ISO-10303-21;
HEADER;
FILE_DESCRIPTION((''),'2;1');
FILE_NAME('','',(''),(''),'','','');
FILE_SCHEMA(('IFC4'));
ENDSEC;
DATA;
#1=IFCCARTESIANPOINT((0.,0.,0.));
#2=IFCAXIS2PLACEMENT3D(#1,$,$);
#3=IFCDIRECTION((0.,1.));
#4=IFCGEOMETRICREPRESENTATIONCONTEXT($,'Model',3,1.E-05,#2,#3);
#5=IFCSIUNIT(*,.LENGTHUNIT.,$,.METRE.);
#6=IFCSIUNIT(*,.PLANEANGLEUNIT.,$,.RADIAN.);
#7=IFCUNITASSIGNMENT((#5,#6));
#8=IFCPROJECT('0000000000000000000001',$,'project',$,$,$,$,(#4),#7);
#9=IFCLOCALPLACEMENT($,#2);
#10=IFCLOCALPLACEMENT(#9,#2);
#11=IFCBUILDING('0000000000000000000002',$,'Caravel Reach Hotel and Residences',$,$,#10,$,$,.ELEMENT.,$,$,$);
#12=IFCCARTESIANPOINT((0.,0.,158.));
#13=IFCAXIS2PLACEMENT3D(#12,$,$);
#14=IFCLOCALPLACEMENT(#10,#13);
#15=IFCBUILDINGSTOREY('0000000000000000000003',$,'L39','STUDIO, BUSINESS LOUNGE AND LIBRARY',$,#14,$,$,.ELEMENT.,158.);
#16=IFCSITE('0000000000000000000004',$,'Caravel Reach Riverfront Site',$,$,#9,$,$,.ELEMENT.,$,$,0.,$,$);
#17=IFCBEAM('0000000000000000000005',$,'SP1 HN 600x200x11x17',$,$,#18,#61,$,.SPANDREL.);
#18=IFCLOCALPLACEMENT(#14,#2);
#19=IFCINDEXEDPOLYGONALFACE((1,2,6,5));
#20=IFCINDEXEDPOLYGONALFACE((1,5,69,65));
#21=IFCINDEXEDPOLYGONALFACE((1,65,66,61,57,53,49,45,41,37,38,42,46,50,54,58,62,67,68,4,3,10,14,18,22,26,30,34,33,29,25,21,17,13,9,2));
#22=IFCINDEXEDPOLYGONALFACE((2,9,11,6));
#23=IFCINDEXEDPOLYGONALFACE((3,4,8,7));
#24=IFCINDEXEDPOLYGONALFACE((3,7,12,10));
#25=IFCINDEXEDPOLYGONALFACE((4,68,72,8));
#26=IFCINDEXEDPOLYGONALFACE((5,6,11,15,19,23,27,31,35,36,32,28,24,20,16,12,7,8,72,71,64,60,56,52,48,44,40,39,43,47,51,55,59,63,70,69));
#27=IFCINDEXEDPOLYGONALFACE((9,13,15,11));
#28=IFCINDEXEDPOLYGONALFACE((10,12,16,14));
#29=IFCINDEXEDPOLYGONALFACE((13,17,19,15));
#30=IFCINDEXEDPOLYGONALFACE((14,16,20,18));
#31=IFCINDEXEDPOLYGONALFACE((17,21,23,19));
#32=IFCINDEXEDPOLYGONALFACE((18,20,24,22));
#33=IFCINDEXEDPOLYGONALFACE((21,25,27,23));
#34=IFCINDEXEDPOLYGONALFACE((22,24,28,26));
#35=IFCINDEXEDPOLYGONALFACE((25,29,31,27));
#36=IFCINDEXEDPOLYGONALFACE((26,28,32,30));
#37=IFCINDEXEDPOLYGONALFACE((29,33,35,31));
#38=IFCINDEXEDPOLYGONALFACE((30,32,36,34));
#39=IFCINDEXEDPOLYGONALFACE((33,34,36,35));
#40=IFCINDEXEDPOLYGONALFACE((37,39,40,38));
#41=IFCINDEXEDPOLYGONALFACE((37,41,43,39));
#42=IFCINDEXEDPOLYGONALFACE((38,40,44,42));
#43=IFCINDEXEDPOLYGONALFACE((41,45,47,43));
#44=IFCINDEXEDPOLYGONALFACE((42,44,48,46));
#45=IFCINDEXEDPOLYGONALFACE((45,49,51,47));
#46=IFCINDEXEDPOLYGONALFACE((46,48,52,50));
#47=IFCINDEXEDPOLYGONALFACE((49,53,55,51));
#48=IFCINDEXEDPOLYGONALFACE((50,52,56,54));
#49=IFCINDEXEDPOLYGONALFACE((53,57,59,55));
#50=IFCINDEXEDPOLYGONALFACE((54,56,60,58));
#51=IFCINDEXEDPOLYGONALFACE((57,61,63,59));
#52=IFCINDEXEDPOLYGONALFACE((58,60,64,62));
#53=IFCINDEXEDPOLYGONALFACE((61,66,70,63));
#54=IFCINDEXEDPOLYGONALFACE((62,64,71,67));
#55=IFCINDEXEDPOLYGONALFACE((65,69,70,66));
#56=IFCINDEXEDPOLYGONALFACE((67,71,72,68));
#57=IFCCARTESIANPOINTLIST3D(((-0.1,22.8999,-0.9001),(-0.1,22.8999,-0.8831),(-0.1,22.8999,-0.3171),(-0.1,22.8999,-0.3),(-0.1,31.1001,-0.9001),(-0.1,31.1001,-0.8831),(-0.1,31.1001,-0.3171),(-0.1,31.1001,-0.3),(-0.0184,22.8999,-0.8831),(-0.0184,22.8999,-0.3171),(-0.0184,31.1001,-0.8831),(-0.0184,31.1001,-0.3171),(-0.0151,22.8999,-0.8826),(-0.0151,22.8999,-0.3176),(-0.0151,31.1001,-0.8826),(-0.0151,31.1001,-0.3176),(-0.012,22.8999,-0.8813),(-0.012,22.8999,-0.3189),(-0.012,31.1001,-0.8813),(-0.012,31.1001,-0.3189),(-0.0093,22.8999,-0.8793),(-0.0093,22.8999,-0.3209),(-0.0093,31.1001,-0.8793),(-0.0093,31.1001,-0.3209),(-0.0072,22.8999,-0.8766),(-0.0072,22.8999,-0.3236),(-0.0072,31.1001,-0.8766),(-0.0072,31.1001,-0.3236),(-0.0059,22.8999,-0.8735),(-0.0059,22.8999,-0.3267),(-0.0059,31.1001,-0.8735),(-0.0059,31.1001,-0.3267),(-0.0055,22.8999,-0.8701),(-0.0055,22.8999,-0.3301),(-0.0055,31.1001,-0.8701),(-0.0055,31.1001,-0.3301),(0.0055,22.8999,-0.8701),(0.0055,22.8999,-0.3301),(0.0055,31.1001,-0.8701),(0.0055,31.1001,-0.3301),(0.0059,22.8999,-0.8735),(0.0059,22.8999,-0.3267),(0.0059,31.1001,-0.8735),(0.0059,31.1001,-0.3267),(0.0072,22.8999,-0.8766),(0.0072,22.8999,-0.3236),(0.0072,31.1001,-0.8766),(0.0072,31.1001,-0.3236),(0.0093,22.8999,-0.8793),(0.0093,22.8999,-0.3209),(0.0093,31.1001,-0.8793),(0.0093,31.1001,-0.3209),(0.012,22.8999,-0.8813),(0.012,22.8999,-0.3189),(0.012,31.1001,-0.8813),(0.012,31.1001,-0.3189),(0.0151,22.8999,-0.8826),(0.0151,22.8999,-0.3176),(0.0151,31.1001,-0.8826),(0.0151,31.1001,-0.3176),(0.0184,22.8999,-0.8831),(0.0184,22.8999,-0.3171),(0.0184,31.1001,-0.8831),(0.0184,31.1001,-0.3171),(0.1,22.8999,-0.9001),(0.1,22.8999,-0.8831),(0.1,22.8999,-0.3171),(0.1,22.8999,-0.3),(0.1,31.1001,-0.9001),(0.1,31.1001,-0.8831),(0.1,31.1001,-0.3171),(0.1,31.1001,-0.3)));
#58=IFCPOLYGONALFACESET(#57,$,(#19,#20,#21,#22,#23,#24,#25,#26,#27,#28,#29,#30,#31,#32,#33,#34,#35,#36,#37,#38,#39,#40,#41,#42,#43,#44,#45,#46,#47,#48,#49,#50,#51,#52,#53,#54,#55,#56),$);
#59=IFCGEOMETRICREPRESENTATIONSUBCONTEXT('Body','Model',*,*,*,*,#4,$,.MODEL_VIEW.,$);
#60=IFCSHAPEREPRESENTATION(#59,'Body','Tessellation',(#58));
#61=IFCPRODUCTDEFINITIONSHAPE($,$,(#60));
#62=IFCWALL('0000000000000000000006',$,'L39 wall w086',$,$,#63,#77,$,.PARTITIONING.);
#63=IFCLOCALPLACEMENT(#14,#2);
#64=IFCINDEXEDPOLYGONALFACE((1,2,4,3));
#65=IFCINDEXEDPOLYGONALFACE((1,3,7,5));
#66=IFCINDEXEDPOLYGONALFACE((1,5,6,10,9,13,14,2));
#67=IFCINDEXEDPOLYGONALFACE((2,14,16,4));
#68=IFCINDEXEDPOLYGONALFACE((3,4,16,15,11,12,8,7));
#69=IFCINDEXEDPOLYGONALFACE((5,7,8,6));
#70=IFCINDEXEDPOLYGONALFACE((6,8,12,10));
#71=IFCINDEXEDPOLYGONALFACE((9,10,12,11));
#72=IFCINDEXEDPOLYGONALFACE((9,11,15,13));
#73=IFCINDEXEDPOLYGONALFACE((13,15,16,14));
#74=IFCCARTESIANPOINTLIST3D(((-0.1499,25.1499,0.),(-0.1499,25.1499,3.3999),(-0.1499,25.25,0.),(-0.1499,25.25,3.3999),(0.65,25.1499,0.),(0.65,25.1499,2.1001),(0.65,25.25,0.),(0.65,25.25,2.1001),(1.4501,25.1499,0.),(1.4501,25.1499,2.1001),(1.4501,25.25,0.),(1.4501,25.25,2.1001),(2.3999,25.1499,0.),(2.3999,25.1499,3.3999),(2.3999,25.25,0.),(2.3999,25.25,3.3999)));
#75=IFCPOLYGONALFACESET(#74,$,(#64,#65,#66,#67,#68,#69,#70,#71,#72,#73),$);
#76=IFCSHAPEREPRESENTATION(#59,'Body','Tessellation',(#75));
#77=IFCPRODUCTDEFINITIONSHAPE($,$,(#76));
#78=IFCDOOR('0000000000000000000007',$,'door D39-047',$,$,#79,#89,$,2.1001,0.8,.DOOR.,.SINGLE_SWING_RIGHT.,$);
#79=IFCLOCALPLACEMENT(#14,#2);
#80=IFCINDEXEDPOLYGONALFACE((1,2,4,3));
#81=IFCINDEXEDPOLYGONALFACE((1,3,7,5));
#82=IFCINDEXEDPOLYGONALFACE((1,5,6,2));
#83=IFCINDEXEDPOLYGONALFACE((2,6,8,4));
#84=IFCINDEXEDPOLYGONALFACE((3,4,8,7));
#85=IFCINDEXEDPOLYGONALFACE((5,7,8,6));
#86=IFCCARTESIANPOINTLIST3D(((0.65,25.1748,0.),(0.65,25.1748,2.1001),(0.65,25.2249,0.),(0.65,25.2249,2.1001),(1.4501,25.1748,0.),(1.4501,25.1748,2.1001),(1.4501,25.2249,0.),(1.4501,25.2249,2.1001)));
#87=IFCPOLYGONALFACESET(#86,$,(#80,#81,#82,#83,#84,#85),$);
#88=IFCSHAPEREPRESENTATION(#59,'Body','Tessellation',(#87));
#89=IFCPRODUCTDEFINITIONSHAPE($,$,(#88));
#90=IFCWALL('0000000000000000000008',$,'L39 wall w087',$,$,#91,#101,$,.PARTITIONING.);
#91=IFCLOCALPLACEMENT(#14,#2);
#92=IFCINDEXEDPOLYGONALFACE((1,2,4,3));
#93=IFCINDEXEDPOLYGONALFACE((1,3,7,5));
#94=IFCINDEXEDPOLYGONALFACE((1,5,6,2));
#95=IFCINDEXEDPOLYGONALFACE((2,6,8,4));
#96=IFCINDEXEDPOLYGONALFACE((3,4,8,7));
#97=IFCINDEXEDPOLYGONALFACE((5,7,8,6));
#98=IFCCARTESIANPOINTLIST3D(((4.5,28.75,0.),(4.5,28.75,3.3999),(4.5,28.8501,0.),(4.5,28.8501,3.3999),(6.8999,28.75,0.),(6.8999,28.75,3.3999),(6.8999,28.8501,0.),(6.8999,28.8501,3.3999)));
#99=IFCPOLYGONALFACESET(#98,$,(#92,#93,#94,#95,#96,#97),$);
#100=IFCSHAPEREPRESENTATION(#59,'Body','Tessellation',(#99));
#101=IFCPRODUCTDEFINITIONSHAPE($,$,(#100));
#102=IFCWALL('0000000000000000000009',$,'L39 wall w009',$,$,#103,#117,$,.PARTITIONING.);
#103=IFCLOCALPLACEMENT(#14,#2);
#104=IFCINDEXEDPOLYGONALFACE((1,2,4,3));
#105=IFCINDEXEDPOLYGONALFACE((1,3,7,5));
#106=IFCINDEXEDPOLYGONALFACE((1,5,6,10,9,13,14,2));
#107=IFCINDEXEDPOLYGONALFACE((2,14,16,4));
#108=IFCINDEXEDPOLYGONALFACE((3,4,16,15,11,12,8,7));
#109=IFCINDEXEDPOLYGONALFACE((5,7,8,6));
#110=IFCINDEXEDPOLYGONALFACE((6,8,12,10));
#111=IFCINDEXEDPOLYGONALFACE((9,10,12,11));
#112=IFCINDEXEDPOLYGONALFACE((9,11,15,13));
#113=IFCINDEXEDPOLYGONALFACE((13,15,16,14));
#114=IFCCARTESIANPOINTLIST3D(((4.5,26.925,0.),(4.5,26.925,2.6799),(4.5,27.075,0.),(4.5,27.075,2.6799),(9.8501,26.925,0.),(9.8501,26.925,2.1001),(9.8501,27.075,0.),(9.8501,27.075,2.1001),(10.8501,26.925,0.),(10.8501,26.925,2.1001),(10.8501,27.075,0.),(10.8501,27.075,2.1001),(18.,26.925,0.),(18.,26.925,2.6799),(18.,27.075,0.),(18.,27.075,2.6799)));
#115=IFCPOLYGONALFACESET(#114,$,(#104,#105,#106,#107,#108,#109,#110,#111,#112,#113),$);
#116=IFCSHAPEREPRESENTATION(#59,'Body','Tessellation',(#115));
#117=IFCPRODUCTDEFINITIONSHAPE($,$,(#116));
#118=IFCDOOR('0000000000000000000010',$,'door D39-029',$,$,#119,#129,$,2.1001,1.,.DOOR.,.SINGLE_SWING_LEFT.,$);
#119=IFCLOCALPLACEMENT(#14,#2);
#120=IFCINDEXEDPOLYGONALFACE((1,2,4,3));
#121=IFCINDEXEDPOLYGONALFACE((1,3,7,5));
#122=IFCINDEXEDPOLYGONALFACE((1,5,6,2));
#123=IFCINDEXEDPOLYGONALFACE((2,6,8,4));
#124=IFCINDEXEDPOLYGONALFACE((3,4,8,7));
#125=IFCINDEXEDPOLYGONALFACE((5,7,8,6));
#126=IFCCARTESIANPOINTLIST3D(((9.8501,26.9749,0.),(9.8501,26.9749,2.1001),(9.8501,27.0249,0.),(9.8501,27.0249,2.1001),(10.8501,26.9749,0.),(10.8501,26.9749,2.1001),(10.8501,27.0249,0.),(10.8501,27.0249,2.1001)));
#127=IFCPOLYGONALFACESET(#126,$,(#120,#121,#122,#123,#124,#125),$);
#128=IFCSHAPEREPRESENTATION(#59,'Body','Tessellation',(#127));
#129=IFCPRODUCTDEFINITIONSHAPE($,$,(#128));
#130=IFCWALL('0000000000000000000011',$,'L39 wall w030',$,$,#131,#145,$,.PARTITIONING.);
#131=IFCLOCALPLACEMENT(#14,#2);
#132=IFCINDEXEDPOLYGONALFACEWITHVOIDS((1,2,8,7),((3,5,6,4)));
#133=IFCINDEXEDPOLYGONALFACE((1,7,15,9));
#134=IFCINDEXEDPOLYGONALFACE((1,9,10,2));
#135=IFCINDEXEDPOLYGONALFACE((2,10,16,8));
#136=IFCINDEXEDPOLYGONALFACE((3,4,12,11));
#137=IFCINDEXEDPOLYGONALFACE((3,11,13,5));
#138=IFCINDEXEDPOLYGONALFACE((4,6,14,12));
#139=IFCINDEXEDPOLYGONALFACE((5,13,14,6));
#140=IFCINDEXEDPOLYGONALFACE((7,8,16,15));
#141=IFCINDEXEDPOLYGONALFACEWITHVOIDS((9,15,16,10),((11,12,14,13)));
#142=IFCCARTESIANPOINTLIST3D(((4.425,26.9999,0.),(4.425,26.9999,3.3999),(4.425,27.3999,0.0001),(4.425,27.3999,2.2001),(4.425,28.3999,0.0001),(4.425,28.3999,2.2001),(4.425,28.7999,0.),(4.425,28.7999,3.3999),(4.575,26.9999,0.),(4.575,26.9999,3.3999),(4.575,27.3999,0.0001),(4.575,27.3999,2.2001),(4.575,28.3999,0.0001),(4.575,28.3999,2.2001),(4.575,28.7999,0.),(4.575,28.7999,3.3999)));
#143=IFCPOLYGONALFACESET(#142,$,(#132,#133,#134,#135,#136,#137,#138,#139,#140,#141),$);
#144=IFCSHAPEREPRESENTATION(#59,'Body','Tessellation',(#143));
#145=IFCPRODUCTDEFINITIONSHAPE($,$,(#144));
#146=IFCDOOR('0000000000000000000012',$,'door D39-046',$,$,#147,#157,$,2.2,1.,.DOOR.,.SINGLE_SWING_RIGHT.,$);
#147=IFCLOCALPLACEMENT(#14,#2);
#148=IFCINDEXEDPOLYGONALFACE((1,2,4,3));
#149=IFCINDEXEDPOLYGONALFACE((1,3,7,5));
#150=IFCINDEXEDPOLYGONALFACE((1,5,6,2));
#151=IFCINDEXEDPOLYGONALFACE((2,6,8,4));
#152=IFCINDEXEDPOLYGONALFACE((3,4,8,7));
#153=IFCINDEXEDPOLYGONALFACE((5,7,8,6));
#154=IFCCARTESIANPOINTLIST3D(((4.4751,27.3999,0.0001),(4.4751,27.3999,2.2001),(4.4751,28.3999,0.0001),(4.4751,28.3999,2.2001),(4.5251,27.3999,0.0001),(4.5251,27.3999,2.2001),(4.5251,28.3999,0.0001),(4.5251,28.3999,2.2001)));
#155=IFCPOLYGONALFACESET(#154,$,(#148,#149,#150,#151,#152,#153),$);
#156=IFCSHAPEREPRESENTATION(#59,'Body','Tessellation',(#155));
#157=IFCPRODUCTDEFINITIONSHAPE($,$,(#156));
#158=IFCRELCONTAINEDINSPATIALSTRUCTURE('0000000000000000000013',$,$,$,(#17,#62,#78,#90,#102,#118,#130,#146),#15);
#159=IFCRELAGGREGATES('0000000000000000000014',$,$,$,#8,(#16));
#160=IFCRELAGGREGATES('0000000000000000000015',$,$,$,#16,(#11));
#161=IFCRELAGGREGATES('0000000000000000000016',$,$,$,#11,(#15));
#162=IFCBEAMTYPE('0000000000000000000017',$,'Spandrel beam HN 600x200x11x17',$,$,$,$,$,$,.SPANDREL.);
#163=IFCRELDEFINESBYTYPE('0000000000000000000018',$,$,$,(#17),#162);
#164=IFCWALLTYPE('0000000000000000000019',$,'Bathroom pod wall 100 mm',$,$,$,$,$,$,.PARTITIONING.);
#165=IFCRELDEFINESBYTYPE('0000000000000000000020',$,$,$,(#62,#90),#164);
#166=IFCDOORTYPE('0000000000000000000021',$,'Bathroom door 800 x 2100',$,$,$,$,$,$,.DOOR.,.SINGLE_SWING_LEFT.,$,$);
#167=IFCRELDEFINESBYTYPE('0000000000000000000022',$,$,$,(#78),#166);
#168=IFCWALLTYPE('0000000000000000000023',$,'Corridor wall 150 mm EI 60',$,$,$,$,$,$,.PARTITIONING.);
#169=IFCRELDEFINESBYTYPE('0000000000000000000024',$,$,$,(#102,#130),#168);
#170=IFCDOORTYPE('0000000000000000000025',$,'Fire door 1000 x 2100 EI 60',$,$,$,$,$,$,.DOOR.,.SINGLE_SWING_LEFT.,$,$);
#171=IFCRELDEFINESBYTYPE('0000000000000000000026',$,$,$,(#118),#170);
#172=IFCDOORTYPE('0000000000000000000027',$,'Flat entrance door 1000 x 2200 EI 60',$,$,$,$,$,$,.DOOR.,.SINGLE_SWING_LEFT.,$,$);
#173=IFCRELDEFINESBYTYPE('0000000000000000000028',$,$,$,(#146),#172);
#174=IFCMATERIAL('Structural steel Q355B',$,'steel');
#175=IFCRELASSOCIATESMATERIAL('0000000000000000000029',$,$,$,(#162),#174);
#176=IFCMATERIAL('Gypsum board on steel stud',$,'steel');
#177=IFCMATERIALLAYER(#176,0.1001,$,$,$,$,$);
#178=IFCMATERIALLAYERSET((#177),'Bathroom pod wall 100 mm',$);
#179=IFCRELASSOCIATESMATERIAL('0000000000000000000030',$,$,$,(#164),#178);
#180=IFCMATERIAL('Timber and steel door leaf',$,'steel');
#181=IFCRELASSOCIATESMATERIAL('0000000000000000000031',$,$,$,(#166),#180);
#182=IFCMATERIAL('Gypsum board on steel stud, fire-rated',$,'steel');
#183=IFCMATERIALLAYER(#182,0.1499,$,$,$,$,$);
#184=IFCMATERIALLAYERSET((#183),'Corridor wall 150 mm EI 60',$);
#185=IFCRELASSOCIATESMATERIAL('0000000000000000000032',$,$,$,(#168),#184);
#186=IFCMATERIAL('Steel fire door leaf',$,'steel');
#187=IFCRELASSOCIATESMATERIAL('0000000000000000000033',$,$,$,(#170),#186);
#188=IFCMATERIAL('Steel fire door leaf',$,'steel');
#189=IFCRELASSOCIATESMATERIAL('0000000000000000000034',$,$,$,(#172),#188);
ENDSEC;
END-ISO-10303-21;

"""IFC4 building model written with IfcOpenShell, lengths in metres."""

from ifc_helpers import new_model, si_unit, direction, frame, frame_2d, origin, origin_2d, place, context, subcontext, project, spatial, rectangle, i_section, extrude, material, layer, layer_set, material_profile, profile_set, type_object, element, fill, save


model = new_model("IFC4")

# Units and contexts
model_context = context("Model", 3, precision=1e-05, world=origin(), true_north=direction((0.0, 1.0)))
body_context = subcontext(model_context, "Body", "Model", "MODEL_VIEW")
ifc_project = project(units=[si_unit("LENGTHUNIT", "METRE"), si_unit("PLANEANGLEUNIT", "RADIAN")], contexts=[model_context])

# Site, building, storey
site_placement = place(None, origin())
site = spatial("IfcSite", under=ifc_project, at=site_placement, Name="Caravel Reach Riverfront Site", CompositionType="ELEMENT", RefElevation=0.0)
building_placement = place(site_placement, origin())
building = spatial("IfcBuilding", under=site, at=building_placement, Name="Caravel Reach Hotel and Residences", CompositionType="ELEMENT")
storey_placement = place(building_placement, frame((0.0, 0.0, 158.0)))
storey = spatial("IfcBuildingStorey", under=building, at=storey_placement, Name="L39", Description="STUDIO, BUSINESS LOUNGE AND LIBRARY", CompositionType="ELEMENT", Elevation=158.0)

# Beam
ifc_material_1 = material(Name="Structural steel Q355B", Category="steel")
ifc_material_profile_1 = material_profile(ifc_material_1, i_section(OverallWidth=0.2, OverallDepth=0.6001, WebThickness=0.011, FlangeThickness=0.0171, FilletRadius=0.0129, at=origin_2d()), Name="HN 600x200x11x17")
ifc_profile_set_1 = profile_set([ifc_material_profile_1], Name="Structural steel Q355B")
beam_type = type_object("IfcBeamType", Name="Spandrel beam HN 600x200x11x17", PredefinedType="SPANDREL", material=ifc_profile_set_1)
beam_placement = place(storey_placement, frame((0.0, 31.1001, -0.6001), z_axis=(0.0, -1.0, 0.0), x_axis=(1.0, 0.0, 0.0)))
element("IfcBeam", 1, at=beam_placement, inside=storey, type_object=beam_type, Name="SP1 HN 600x200x11x17", PredefinedType="SPANDREL", context=body_context, shape_type="SweptSolid", body=[
    extrude(i_section(OverallWidth=0.2, OverallDepth=0.6001, WebThickness=0.011, FlangeThickness=0.0171, FilletRadius=0.0129, at=origin_2d()), origin(), (0.0, 0.0, 1.0), 8.2002),
])

# Wall, opening, door
ifc_material_2 = material(Name="Gypsum board on steel stud", Category="steel")
ifc_layer_1 = layer(ifc_material_2, 0.1001)
ifc_layer_set_1 = layer_set([ifc_layer_1], Name="Bathroom pod wall 100 mm")
wall_type_1 = type_object("IfcWallType", Name="Bathroom pod wall 100 mm", PredefinedType="PARTITIONING", material=ifc_layer_set_1)
wall_1_placement = place(storey_placement, frame((-0.1499, 25.2, 0.0), z_axis=(0.0, 0.0, 1.0), x_axis=(1.0, 0.0, 0.0)))
wall_1 = element("IfcWall", 2, at=wall_1_placement, inside=storey, type_object=wall_type_1, Name="L39 wall w086", PredefinedType="PARTITIONING", context=body_context, shape_type="SweptSolid", body=[
    extrude(rectangle(XDim=2.5498, YDim=0.1001, at=frame_2d((1.2749, 0.0))), origin(), (0.0, 0.0, 1.0), 3.3999),
])
opening_1_placement = place(wall_1_placement, frame((0.8, 0.0, 0.0)))
opening_1 = element("IfcOpeningElement", 3, at=opening_1_placement, cuts=wall_1, PredefinedType="OPENING", context=body_context, shape_type="SweptSolid", body=[
    extrude(rectangle(XDim=0.8, YDim=2.1001, at=frame_2d((0.3999, 1.05))), frame((0.0, 0.0601, 0.0), z_axis=(0.0, -1.0, 0.0), x_axis=(1.0, 0.0, 0.0)), (0.0, 0.0, 1.0), 0.1201),
])
ifc_material_3 = material(Name="Timber and steel door leaf", Category="steel")
door_type_1 = type_object("IfcDoorType", Name="Bathroom door 800 x 2100", OperationType="SINGLE_SWING_LEFT", PredefinedType="DOOR", material=ifc_material_3)
door_1_placement = place(opening_1_placement, origin())
door_1 = element("IfcDoor", 4, at=door_1_placement, inside=storey, type_object=door_type_1, Name="door D39-047", OperationType="SINGLE_SWING_RIGHT", OverallHeight=2.1001, OverallWidth=0.8, PredefinedType="DOOR", context=body_context, shape_type="SweptSolid", body=[
    extrude(rectangle(XDim=0.8, YDim=2.1001, at=frame_2d((0.3999, 1.05))), frame((0.0, 0.0249, 0.0), z_axis=(0.0, -1.0, 0.0), x_axis=(1.0, 0.0, 0.0)), (0.0, 0.0, 1.0), 0.05),
])
fill(opening_1, door_1)

# Wall
wall_2_placement = place(storey_placement, frame((4.5, 28.8, 0.0), z_axis=(0.0, 0.0, 1.0), x_axis=(1.0, 0.0, 0.0)))
element("IfcWall", 5, at=wall_2_placement, inside=storey, type_object=wall_type_1, Name="L39 wall w087", PredefinedType="PARTITIONING", context=body_context, shape_type="SweptSolid", body=[
    extrude(rectangle(XDim=2.3999, YDim=0.1001, at=frame_2d((1.2, 0.0))), origin(), (0.0, 0.0, 1.0), 3.3999),
])

# Walls, openings, doors
ifc_material_4 = material(Name="Gypsum board on steel stud, fire-rated", Category="steel")
ifc_layer_2 = layer(ifc_material_4, 0.1499)
ifc_layer_set_2 = layer_set([ifc_layer_2], Name="Corridor wall 150 mm EI 60")
wall_type_2 = type_object("IfcWallType", Name="Corridor wall 150 mm EI 60", PredefinedType="PARTITIONING", material=ifc_layer_set_2)
wall_3_placement = place(storey_placement, frame((4.5, 27.0, 0.0), z_axis=(0.0, 0.0, 1.0), x_axis=(1.0, 0.0, 0.0)))
wall_3 = element("IfcWall", 6, at=wall_3_placement, inside=storey, type_object=wall_type_2, Name="L39 wall w009", PredefinedType="PARTITIONING", context=body_context, shape_type="SweptSolid", body=[
    extrude(rectangle(XDim=13.5, YDim=0.1499, at=frame_2d((6.75, 0.0))), origin(), (0.0, 0.0, 1.0), 2.6799),
])
opening_2_placement = place(wall_3_placement, frame((5.3501, 0.0, 0.0)))
opening_2 = element("IfcOpeningElement", 7, at=opening_2_placement, cuts=wall_3, PredefinedType="OPENING", context=body_context, shape_type="SweptSolid", body=[
    extrude(rectangle(XDim=1.0, YDim=2.1001, at=frame_2d((0.5, 1.05))), frame((0.0, 0.085, 0.0), z_axis=(0.0, -1.0, 0.0), x_axis=(1.0, 0.0, 0.0)), (0.0, 0.0, 1.0), 0.1699),
])
ifc_material_5 = material(Name="Steel fire door leaf", Category="steel")
door_type_2 = type_object("IfcDoorType", Name="Fire door 1000 x 2100 EI 60", OperationType="SINGLE_SWING_LEFT", PredefinedType="DOOR", material=ifc_material_5)
door_2_placement = place(opening_2_placement, origin())
door_2 = element("IfcDoor", 8, at=door_2_placement, inside=storey, type_object=door_type_2, Name="door D39-029", OperationType="SINGLE_SWING_LEFT", OverallHeight=2.1001, OverallWidth=1.0, PredefinedType="DOOR", context=body_context, shape_type="SweptSolid", body=[
    extrude(rectangle(XDim=1.0, YDim=2.1001, at=frame_2d((0.5, 1.05))), frame((0.0, 0.0249, 0.0), z_axis=(0.0, -1.0, 0.0), x_axis=(1.0, 0.0, 0.0)), (0.0, 0.0, 1.0), 0.05),
])
fill(opening_2, door_2)
wall_4_placement = place(storey_placement, frame((4.5, 27.0, 0.0), z_axis=(0.0, 0.0, 1.0), x_axis=(0.0, 1.0, 0.0)))
wall_4 = element("IfcWall", 9, at=wall_4_placement, inside=storey, type_object=wall_type_2, Name="L39 wall w030", PredefinedType="PARTITIONING", context=body_context, shape_type="SweptSolid", body=[
    extrude(rectangle(XDim=1.8, YDim=0.1499, at=frame_2d((0.8999, 0.0))), origin(), (0.0, 0.0, 1.0), 3.3999),
])
opening_3_placement = place(wall_4_placement, frame((0.3999, 0.0, 0.0)))
opening_3 = element("IfcOpeningElement", 10, at=opening_3_placement, cuts=wall_4, PredefinedType="OPENING", context=body_context, shape_type="SweptSolid", body=[
    extrude(rectangle(XDim=1.0, YDim=2.2, at=frame_2d((0.5, 1.1001))), frame((0.0, 0.085, 0.0), z_axis=(0.0, -1.0, 0.0), x_axis=(1.0, 0.0, 0.0)), (0.0, 0.0, 1.0), 0.1699),
])
ifc_material_6 = material(Name="Steel fire door leaf", Category="steel")
door_type_3 = type_object("IfcDoorType", Name="Flat entrance door 1000 x 2200 EI 60", OperationType="SINGLE_SWING_LEFT", PredefinedType="DOOR", material=ifc_material_6)
door_3_placement = place(opening_3_placement, origin())
door_3 = element("IfcDoor", 11, at=door_3_placement, inside=storey, type_object=door_type_3, Name="door D39-046", OperationType="SINGLE_SWING_RIGHT", OverallHeight=2.2, OverallWidth=1.0, PredefinedType="DOOR", context=body_context, shape_type="SweptSolid", body=[
    extrude(rectangle(XDim=1.0, YDim=2.2, at=frame_2d((0.5, 1.1001))), frame((0.0, 0.0249, 0.0), z_axis=(0.0, -1.0, 0.0), x_axis=(1.0, 0.0, 0.0)), (0.0, 0.0, 1.0), 0.05),
])
fill(opening_3, door_3)

save(model, "model.ifc")
